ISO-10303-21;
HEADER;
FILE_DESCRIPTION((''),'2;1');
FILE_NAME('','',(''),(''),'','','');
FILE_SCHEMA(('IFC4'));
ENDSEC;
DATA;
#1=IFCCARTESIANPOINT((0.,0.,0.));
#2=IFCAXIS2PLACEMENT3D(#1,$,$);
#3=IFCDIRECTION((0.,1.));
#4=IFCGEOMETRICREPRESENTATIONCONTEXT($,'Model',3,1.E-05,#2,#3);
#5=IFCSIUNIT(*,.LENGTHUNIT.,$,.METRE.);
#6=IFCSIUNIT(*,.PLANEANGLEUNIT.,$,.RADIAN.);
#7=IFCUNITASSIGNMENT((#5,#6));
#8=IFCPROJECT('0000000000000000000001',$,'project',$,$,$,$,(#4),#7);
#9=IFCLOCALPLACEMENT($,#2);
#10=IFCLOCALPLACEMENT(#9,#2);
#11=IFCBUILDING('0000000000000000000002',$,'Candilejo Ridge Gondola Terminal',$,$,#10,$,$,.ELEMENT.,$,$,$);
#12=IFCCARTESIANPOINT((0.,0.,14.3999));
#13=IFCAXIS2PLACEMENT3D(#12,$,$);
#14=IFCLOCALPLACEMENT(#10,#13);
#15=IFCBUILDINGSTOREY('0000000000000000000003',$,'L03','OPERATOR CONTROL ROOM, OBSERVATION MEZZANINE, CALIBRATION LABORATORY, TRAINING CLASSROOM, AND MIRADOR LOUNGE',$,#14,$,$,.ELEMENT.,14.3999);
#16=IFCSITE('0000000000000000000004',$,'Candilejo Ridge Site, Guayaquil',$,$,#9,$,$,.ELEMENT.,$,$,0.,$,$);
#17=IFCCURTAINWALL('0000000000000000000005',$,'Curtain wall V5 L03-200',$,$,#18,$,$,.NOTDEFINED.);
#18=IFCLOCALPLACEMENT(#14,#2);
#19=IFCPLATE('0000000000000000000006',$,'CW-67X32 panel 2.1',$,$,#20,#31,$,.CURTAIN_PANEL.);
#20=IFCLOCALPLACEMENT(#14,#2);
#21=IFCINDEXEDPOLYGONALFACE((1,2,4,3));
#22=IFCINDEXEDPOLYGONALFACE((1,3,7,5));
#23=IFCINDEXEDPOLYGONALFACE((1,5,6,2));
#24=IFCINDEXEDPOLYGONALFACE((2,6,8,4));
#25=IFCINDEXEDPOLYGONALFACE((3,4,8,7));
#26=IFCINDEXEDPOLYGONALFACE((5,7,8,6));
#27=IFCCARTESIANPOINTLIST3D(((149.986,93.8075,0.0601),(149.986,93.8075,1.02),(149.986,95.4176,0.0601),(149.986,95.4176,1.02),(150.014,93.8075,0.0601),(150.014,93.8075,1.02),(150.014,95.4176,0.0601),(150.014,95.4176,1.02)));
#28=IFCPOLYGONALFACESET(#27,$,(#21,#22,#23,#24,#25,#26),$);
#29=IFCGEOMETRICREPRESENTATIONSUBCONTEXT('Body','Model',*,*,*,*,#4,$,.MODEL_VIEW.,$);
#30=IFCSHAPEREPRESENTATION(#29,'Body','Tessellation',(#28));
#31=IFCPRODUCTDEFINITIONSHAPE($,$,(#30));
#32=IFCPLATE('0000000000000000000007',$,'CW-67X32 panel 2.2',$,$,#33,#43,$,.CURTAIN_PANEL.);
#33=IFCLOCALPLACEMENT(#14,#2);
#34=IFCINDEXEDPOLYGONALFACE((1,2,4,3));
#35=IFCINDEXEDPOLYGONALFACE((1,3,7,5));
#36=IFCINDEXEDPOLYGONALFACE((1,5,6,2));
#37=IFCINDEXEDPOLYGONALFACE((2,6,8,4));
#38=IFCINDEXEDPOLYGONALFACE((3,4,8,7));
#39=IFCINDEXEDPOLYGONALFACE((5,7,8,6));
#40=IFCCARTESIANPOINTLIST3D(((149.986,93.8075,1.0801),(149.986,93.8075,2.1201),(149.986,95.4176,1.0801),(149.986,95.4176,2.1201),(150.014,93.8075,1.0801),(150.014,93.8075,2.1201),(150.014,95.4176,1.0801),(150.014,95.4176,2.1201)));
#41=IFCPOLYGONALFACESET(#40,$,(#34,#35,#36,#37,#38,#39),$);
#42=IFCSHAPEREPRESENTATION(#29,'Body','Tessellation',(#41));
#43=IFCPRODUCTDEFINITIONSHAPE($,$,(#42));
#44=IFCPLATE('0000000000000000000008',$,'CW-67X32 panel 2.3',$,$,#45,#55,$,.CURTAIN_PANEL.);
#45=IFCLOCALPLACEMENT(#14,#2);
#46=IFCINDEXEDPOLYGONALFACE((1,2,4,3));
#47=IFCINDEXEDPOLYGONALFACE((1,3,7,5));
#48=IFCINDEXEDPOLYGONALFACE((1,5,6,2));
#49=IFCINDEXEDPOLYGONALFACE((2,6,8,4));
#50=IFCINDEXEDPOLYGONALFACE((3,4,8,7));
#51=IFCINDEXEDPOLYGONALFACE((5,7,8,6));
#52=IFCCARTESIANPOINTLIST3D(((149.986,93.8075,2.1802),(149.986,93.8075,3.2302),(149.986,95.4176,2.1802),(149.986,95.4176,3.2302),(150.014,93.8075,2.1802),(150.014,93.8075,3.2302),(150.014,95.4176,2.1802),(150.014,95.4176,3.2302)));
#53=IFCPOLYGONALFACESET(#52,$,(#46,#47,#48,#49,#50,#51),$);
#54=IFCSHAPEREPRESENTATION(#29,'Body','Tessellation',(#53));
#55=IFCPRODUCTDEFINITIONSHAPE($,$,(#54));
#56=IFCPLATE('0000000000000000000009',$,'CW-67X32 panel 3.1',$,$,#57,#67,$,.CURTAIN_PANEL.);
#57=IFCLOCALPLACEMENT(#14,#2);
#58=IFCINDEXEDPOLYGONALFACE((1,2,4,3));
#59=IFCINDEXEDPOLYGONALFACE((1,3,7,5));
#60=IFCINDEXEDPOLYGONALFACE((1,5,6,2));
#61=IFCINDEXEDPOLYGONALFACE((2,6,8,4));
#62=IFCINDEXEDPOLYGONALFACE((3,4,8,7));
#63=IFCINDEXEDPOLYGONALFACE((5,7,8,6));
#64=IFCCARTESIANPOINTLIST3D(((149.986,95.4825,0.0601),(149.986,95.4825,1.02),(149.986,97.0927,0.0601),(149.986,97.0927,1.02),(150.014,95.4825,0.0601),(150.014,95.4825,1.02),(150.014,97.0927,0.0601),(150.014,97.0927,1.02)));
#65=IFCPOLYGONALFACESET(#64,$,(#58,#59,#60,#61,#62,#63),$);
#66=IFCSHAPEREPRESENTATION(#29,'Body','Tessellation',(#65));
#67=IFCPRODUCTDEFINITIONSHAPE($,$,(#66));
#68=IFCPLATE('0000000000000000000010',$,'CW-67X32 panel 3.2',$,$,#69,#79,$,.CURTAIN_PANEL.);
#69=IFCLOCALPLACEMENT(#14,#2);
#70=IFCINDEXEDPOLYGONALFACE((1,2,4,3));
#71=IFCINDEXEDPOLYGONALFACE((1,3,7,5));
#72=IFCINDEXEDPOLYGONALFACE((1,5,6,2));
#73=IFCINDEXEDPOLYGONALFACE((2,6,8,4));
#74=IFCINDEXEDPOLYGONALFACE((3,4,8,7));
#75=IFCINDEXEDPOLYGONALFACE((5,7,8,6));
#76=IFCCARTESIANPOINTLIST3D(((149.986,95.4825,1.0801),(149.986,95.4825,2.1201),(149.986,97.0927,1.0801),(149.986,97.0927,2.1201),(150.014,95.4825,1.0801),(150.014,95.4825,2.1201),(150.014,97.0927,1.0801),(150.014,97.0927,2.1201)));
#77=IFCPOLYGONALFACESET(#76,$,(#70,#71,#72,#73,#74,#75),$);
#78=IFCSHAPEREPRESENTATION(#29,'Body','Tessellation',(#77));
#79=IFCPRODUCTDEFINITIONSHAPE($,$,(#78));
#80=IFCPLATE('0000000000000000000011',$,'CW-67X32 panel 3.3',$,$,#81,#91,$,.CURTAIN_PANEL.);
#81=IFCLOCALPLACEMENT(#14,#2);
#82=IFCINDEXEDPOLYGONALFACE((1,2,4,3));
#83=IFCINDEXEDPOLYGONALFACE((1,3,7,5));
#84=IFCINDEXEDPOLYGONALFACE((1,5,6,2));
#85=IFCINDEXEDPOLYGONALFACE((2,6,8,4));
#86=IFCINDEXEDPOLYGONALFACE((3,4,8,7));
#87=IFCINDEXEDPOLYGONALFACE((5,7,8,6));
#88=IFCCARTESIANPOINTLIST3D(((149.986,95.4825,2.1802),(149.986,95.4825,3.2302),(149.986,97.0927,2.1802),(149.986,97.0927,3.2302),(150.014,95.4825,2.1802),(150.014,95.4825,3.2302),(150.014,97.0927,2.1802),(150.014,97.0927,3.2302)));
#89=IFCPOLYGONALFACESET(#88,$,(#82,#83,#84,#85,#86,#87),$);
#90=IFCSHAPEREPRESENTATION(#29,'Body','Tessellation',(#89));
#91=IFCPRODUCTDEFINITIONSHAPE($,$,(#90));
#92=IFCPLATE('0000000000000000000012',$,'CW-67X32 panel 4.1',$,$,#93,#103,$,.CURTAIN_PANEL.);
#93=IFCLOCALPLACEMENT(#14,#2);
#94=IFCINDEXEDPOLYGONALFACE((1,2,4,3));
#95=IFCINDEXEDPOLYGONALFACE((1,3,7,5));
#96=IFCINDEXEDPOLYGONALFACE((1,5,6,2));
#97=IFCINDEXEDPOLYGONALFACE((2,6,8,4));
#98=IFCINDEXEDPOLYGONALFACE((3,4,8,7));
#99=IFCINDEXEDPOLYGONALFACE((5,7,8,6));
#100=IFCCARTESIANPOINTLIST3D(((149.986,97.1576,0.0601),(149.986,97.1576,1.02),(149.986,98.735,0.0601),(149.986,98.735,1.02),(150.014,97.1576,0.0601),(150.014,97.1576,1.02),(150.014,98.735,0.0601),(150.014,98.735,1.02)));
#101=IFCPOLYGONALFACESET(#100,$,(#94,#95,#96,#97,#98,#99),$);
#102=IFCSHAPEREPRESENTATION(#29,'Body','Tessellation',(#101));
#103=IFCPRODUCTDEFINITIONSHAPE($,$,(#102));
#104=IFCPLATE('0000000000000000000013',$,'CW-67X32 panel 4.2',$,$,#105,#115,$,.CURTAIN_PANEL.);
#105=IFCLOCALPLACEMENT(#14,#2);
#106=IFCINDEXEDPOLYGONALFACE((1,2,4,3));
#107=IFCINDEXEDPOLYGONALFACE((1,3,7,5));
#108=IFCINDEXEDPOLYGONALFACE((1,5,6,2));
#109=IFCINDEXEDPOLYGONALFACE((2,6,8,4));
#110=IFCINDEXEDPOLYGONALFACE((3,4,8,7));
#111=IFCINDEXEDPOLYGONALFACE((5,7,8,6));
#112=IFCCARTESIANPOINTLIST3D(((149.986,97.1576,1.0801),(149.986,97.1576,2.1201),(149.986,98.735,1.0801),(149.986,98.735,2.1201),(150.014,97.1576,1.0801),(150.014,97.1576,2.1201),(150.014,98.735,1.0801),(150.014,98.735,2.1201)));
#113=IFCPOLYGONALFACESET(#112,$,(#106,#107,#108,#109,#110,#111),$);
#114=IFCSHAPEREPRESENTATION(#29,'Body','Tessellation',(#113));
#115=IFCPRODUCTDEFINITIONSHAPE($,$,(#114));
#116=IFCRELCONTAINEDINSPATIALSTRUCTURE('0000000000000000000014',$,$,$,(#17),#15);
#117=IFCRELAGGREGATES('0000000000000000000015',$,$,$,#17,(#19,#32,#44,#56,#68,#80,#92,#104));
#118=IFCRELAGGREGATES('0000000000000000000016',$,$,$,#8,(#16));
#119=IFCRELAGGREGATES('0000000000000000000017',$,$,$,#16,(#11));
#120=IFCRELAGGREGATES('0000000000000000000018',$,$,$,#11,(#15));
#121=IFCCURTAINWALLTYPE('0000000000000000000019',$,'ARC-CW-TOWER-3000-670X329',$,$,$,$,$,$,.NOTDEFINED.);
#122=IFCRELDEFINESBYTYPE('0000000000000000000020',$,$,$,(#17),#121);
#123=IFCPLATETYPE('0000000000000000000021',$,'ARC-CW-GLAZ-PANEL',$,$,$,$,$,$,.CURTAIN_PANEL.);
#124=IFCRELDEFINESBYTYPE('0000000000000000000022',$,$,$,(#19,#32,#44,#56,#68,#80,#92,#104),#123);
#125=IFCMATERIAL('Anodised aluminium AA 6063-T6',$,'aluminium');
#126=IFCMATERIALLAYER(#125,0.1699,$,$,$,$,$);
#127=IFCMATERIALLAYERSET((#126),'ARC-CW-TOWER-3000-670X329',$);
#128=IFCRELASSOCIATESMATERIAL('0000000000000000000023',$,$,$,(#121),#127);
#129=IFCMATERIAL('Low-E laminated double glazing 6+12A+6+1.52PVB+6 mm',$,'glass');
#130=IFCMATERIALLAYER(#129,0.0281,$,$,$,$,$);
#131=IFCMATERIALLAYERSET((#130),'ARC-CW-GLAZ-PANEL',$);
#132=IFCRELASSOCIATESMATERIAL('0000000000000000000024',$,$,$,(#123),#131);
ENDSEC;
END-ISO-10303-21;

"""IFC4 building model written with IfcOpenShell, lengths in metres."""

from ifc_helpers import new_model, si_unit, direction, frame, origin, origin_2d, place, context, subcontext, project, spatial, rectangle, extrude, material, layer, layer_set, type_object, element, aggregate, save


model = new_model("IFC4")

# Units and contexts
model_context = context("Model", 3, precision=1e-05, world=origin(), true_north=direction((0.0, 1.0)))
body_context = subcontext(model_context, "Body", "Model", "MODEL_VIEW")
ifc_project = project(units=[si_unit("LENGTHUNIT", "METRE"), si_unit("PLANEANGLEUNIT", "RADIAN")], contexts=[model_context])

# Site, building, storey
site_placement = place(None, origin())
site = spatial("IfcSite", under=ifc_project, at=site_placement, Name="Candilejo Ridge Site, Guayaquil", CompositionType="ELEMENT", RefElevation=0.0)
building_placement = place(site_placement, origin())
building = spatial("IfcBuilding", under=site, at=building_placement, Name="Candilejo Ridge Gondola Terminal", CompositionType="ELEMENT")
storey_placement = place(building_placement, frame((0.0, 0.0, 14.3999)))
storey = spatial("IfcBuildingStorey", under=building, at=storey_placement, Name="L03", Description="OPERATOR CONTROL ROOM, OBSERVATION MEZZANINE, CALIBRATION LABORATORY, TRAINING CLASSROOM, AND MIRADOR LOUNGE", CompositionType="ELEMENT", Elevation=14.3999)

# Curtain wall
ifc_material_1 = material(Name="Anodised aluminium AA 6063-T6", Category="aluminium")
ifc_layer_1 = layer(ifc_material_1, 0.1699)
ifc_layer_set_1 = layer_set([ifc_layer_1], Name="ARC-CW-TOWER-3000-670X329")
curtain_wall_type = type_object("IfcCurtainWallType", Name="ARC-CW-TOWER-3000-670X329", PredefinedType="NOTDEFINED", material=ifc_layer_set_1)
curtain_wall_placement = place(storey_placement, origin())
curtain_wall = element("IfcCurtainWall", 1, at=curtain_wall_placement, inside=storey, type_object=curtain_wall_type, Name="Curtain wall V5 L03-200", PredefinedType="NOTDEFINED")

# Plates
ifc_material_2 = material(Name="Low-E laminated double glazing 6+12A+6+1.52PVB+6 mm", Category="glass")
ifc_layer_2 = layer(ifc_material_2, 0.0281)
ifc_layer_set_2 = layer_set([ifc_layer_2], Name="ARC-CW-GLAZ-PANEL")
plate_type = type_object("IfcPlateType", Name="ARC-CW-GLAZ-PANEL", PredefinedType="CURTAIN_PANEL", material=ifc_layer_set_2)
plate_1_placement = place(storey_placement, frame((150.0, 94.6125, 0.0601), z_axis=(0.0, 0.0, 1.0), x_axis=(0.0, 1.0, 0.0)))
plate_1 = element("IfcPlate", 2, at=plate_1_placement, type_object=plate_type, Name="CW-67X32 panel 2.1", PredefinedType="CURTAIN_PANEL", context=body_context, shape_type="SweptSolid", body=[
    extrude(rectangle(XDim=1.6101, YDim=0.0281, at=origin_2d()), origin(), (0.0, 0.0, 1.0), 0.96),
])
plate_2_placement = place(storey_placement, frame((150.0, 94.6125, 1.0801), z_axis=(0.0, 0.0, 1.0), x_axis=(0.0, 1.0, 0.0)))
plate_2 = element("IfcPlate", 3, at=plate_2_placement, type_object=plate_type, Name="CW-67X32 panel 2.2", PredefinedType="CURTAIN_PANEL", context=body_context, shape_type="SweptSolid", body=[
    extrude(rectangle(XDim=1.6101, YDim=0.0281, at=origin_2d()), origin(), (0.0, 0.0, 1.0), 1.04),
])
plate_3_placement = place(storey_placement, frame((150.0, 94.6125, 2.1802), z_axis=(0.0, 0.0, 1.0), x_axis=(0.0, 1.0, 0.0)))
plate_3 = element("IfcPlate", 4, at=plate_3_placement, type_object=plate_type, Name="CW-67X32 panel 2.3", PredefinedType="CURTAIN_PANEL", context=body_context, shape_type="SweptSolid", body=[
    extrude(rectangle(XDim=1.6101, YDim=0.0281, at=origin_2d()), origin(), (0.0, 0.0, 1.0), 1.05),
])
plate_4_placement = place(storey_placement, frame((150.0, 96.2876, 0.0601), z_axis=(0.0, 0.0, 1.0), x_axis=(0.0, 1.0, 0.0)))
plate_4 = element("IfcPlate", 5, at=plate_4_placement, type_object=plate_type, Name="CW-67X32 panel 3.1", PredefinedType="CURTAIN_PANEL", context=body_context, shape_type="SweptSolid", body=[
    extrude(rectangle(XDim=1.6101, YDim=0.0281, at=origin_2d()), origin(), (0.0, 0.0, 1.0), 0.96),
])
plate_5_placement = place(storey_placement, frame((150.0, 96.2876, 1.0801), z_axis=(0.0, 0.0, 1.0), x_axis=(0.0, 1.0, 0.0)))
plate_5 = element("IfcPlate", 6, at=plate_5_placement, type_object=plate_type, Name="CW-67X32 panel 3.2", PredefinedType="CURTAIN_PANEL", context=body_context, shape_type="SweptSolid", body=[
    extrude(rectangle(XDim=1.6101, YDim=0.0281, at=origin_2d()), origin(), (0.0, 0.0, 1.0), 1.04),
])
plate_6_placement = place(storey_placement, frame((150.0, 96.2876, 2.1802), z_axis=(0.0, 0.0, 1.0), x_axis=(0.0, 1.0, 0.0)))
plate_6 = element("IfcPlate", 7, at=plate_6_placement, type_object=plate_type, Name="CW-67X32 panel 3.3", PredefinedType="CURTAIN_PANEL", context=body_context, shape_type="SweptSolid", body=[
    extrude(rectangle(XDim=1.6101, YDim=0.0281, at=origin_2d()), origin(), (0.0, 0.0, 1.0), 1.05),
])
plate_7_placement = place(storey_placement, frame((150.0, 97.9463, 0.0601), z_axis=(0.0, 0.0, 1.0), x_axis=(0.0, 1.0, 0.0)))
plate_7 = element("IfcPlate", 8, at=plate_7_placement, type_object=plate_type, Name="CW-67X32 panel 4.1", PredefinedType="CURTAIN_PANEL", context=body_context, shape_type="SweptSolid", body=[
    extrude(rectangle(XDim=1.5774, YDim=0.0281, at=origin_2d()), origin(), (0.0, 0.0, 1.0), 0.96),
])
plate_8_placement = place(storey_placement, frame((150.0, 97.9463, 1.0801), z_axis=(0.0, 0.0, 1.0), x_axis=(0.0, 1.0, 0.0)))
plate_8 = element("IfcPlate", 9, at=plate_8_placement, type_object=plate_type, Name="CW-67X32 panel 4.2", PredefinedType="CURTAIN_PANEL", context=body_context, shape_type="SweptSolid", body=[
    extrude(rectangle(XDim=1.5774, YDim=0.0281, at=origin_2d()), origin(), (0.0, 0.0, 1.0), 1.04),
])
aggregate(curtain_wall, [plate_1, plate_2, plate_3, plate_4, plate_5, plate_6, plate_7, plate_8])

save(model, "model.ifc")
